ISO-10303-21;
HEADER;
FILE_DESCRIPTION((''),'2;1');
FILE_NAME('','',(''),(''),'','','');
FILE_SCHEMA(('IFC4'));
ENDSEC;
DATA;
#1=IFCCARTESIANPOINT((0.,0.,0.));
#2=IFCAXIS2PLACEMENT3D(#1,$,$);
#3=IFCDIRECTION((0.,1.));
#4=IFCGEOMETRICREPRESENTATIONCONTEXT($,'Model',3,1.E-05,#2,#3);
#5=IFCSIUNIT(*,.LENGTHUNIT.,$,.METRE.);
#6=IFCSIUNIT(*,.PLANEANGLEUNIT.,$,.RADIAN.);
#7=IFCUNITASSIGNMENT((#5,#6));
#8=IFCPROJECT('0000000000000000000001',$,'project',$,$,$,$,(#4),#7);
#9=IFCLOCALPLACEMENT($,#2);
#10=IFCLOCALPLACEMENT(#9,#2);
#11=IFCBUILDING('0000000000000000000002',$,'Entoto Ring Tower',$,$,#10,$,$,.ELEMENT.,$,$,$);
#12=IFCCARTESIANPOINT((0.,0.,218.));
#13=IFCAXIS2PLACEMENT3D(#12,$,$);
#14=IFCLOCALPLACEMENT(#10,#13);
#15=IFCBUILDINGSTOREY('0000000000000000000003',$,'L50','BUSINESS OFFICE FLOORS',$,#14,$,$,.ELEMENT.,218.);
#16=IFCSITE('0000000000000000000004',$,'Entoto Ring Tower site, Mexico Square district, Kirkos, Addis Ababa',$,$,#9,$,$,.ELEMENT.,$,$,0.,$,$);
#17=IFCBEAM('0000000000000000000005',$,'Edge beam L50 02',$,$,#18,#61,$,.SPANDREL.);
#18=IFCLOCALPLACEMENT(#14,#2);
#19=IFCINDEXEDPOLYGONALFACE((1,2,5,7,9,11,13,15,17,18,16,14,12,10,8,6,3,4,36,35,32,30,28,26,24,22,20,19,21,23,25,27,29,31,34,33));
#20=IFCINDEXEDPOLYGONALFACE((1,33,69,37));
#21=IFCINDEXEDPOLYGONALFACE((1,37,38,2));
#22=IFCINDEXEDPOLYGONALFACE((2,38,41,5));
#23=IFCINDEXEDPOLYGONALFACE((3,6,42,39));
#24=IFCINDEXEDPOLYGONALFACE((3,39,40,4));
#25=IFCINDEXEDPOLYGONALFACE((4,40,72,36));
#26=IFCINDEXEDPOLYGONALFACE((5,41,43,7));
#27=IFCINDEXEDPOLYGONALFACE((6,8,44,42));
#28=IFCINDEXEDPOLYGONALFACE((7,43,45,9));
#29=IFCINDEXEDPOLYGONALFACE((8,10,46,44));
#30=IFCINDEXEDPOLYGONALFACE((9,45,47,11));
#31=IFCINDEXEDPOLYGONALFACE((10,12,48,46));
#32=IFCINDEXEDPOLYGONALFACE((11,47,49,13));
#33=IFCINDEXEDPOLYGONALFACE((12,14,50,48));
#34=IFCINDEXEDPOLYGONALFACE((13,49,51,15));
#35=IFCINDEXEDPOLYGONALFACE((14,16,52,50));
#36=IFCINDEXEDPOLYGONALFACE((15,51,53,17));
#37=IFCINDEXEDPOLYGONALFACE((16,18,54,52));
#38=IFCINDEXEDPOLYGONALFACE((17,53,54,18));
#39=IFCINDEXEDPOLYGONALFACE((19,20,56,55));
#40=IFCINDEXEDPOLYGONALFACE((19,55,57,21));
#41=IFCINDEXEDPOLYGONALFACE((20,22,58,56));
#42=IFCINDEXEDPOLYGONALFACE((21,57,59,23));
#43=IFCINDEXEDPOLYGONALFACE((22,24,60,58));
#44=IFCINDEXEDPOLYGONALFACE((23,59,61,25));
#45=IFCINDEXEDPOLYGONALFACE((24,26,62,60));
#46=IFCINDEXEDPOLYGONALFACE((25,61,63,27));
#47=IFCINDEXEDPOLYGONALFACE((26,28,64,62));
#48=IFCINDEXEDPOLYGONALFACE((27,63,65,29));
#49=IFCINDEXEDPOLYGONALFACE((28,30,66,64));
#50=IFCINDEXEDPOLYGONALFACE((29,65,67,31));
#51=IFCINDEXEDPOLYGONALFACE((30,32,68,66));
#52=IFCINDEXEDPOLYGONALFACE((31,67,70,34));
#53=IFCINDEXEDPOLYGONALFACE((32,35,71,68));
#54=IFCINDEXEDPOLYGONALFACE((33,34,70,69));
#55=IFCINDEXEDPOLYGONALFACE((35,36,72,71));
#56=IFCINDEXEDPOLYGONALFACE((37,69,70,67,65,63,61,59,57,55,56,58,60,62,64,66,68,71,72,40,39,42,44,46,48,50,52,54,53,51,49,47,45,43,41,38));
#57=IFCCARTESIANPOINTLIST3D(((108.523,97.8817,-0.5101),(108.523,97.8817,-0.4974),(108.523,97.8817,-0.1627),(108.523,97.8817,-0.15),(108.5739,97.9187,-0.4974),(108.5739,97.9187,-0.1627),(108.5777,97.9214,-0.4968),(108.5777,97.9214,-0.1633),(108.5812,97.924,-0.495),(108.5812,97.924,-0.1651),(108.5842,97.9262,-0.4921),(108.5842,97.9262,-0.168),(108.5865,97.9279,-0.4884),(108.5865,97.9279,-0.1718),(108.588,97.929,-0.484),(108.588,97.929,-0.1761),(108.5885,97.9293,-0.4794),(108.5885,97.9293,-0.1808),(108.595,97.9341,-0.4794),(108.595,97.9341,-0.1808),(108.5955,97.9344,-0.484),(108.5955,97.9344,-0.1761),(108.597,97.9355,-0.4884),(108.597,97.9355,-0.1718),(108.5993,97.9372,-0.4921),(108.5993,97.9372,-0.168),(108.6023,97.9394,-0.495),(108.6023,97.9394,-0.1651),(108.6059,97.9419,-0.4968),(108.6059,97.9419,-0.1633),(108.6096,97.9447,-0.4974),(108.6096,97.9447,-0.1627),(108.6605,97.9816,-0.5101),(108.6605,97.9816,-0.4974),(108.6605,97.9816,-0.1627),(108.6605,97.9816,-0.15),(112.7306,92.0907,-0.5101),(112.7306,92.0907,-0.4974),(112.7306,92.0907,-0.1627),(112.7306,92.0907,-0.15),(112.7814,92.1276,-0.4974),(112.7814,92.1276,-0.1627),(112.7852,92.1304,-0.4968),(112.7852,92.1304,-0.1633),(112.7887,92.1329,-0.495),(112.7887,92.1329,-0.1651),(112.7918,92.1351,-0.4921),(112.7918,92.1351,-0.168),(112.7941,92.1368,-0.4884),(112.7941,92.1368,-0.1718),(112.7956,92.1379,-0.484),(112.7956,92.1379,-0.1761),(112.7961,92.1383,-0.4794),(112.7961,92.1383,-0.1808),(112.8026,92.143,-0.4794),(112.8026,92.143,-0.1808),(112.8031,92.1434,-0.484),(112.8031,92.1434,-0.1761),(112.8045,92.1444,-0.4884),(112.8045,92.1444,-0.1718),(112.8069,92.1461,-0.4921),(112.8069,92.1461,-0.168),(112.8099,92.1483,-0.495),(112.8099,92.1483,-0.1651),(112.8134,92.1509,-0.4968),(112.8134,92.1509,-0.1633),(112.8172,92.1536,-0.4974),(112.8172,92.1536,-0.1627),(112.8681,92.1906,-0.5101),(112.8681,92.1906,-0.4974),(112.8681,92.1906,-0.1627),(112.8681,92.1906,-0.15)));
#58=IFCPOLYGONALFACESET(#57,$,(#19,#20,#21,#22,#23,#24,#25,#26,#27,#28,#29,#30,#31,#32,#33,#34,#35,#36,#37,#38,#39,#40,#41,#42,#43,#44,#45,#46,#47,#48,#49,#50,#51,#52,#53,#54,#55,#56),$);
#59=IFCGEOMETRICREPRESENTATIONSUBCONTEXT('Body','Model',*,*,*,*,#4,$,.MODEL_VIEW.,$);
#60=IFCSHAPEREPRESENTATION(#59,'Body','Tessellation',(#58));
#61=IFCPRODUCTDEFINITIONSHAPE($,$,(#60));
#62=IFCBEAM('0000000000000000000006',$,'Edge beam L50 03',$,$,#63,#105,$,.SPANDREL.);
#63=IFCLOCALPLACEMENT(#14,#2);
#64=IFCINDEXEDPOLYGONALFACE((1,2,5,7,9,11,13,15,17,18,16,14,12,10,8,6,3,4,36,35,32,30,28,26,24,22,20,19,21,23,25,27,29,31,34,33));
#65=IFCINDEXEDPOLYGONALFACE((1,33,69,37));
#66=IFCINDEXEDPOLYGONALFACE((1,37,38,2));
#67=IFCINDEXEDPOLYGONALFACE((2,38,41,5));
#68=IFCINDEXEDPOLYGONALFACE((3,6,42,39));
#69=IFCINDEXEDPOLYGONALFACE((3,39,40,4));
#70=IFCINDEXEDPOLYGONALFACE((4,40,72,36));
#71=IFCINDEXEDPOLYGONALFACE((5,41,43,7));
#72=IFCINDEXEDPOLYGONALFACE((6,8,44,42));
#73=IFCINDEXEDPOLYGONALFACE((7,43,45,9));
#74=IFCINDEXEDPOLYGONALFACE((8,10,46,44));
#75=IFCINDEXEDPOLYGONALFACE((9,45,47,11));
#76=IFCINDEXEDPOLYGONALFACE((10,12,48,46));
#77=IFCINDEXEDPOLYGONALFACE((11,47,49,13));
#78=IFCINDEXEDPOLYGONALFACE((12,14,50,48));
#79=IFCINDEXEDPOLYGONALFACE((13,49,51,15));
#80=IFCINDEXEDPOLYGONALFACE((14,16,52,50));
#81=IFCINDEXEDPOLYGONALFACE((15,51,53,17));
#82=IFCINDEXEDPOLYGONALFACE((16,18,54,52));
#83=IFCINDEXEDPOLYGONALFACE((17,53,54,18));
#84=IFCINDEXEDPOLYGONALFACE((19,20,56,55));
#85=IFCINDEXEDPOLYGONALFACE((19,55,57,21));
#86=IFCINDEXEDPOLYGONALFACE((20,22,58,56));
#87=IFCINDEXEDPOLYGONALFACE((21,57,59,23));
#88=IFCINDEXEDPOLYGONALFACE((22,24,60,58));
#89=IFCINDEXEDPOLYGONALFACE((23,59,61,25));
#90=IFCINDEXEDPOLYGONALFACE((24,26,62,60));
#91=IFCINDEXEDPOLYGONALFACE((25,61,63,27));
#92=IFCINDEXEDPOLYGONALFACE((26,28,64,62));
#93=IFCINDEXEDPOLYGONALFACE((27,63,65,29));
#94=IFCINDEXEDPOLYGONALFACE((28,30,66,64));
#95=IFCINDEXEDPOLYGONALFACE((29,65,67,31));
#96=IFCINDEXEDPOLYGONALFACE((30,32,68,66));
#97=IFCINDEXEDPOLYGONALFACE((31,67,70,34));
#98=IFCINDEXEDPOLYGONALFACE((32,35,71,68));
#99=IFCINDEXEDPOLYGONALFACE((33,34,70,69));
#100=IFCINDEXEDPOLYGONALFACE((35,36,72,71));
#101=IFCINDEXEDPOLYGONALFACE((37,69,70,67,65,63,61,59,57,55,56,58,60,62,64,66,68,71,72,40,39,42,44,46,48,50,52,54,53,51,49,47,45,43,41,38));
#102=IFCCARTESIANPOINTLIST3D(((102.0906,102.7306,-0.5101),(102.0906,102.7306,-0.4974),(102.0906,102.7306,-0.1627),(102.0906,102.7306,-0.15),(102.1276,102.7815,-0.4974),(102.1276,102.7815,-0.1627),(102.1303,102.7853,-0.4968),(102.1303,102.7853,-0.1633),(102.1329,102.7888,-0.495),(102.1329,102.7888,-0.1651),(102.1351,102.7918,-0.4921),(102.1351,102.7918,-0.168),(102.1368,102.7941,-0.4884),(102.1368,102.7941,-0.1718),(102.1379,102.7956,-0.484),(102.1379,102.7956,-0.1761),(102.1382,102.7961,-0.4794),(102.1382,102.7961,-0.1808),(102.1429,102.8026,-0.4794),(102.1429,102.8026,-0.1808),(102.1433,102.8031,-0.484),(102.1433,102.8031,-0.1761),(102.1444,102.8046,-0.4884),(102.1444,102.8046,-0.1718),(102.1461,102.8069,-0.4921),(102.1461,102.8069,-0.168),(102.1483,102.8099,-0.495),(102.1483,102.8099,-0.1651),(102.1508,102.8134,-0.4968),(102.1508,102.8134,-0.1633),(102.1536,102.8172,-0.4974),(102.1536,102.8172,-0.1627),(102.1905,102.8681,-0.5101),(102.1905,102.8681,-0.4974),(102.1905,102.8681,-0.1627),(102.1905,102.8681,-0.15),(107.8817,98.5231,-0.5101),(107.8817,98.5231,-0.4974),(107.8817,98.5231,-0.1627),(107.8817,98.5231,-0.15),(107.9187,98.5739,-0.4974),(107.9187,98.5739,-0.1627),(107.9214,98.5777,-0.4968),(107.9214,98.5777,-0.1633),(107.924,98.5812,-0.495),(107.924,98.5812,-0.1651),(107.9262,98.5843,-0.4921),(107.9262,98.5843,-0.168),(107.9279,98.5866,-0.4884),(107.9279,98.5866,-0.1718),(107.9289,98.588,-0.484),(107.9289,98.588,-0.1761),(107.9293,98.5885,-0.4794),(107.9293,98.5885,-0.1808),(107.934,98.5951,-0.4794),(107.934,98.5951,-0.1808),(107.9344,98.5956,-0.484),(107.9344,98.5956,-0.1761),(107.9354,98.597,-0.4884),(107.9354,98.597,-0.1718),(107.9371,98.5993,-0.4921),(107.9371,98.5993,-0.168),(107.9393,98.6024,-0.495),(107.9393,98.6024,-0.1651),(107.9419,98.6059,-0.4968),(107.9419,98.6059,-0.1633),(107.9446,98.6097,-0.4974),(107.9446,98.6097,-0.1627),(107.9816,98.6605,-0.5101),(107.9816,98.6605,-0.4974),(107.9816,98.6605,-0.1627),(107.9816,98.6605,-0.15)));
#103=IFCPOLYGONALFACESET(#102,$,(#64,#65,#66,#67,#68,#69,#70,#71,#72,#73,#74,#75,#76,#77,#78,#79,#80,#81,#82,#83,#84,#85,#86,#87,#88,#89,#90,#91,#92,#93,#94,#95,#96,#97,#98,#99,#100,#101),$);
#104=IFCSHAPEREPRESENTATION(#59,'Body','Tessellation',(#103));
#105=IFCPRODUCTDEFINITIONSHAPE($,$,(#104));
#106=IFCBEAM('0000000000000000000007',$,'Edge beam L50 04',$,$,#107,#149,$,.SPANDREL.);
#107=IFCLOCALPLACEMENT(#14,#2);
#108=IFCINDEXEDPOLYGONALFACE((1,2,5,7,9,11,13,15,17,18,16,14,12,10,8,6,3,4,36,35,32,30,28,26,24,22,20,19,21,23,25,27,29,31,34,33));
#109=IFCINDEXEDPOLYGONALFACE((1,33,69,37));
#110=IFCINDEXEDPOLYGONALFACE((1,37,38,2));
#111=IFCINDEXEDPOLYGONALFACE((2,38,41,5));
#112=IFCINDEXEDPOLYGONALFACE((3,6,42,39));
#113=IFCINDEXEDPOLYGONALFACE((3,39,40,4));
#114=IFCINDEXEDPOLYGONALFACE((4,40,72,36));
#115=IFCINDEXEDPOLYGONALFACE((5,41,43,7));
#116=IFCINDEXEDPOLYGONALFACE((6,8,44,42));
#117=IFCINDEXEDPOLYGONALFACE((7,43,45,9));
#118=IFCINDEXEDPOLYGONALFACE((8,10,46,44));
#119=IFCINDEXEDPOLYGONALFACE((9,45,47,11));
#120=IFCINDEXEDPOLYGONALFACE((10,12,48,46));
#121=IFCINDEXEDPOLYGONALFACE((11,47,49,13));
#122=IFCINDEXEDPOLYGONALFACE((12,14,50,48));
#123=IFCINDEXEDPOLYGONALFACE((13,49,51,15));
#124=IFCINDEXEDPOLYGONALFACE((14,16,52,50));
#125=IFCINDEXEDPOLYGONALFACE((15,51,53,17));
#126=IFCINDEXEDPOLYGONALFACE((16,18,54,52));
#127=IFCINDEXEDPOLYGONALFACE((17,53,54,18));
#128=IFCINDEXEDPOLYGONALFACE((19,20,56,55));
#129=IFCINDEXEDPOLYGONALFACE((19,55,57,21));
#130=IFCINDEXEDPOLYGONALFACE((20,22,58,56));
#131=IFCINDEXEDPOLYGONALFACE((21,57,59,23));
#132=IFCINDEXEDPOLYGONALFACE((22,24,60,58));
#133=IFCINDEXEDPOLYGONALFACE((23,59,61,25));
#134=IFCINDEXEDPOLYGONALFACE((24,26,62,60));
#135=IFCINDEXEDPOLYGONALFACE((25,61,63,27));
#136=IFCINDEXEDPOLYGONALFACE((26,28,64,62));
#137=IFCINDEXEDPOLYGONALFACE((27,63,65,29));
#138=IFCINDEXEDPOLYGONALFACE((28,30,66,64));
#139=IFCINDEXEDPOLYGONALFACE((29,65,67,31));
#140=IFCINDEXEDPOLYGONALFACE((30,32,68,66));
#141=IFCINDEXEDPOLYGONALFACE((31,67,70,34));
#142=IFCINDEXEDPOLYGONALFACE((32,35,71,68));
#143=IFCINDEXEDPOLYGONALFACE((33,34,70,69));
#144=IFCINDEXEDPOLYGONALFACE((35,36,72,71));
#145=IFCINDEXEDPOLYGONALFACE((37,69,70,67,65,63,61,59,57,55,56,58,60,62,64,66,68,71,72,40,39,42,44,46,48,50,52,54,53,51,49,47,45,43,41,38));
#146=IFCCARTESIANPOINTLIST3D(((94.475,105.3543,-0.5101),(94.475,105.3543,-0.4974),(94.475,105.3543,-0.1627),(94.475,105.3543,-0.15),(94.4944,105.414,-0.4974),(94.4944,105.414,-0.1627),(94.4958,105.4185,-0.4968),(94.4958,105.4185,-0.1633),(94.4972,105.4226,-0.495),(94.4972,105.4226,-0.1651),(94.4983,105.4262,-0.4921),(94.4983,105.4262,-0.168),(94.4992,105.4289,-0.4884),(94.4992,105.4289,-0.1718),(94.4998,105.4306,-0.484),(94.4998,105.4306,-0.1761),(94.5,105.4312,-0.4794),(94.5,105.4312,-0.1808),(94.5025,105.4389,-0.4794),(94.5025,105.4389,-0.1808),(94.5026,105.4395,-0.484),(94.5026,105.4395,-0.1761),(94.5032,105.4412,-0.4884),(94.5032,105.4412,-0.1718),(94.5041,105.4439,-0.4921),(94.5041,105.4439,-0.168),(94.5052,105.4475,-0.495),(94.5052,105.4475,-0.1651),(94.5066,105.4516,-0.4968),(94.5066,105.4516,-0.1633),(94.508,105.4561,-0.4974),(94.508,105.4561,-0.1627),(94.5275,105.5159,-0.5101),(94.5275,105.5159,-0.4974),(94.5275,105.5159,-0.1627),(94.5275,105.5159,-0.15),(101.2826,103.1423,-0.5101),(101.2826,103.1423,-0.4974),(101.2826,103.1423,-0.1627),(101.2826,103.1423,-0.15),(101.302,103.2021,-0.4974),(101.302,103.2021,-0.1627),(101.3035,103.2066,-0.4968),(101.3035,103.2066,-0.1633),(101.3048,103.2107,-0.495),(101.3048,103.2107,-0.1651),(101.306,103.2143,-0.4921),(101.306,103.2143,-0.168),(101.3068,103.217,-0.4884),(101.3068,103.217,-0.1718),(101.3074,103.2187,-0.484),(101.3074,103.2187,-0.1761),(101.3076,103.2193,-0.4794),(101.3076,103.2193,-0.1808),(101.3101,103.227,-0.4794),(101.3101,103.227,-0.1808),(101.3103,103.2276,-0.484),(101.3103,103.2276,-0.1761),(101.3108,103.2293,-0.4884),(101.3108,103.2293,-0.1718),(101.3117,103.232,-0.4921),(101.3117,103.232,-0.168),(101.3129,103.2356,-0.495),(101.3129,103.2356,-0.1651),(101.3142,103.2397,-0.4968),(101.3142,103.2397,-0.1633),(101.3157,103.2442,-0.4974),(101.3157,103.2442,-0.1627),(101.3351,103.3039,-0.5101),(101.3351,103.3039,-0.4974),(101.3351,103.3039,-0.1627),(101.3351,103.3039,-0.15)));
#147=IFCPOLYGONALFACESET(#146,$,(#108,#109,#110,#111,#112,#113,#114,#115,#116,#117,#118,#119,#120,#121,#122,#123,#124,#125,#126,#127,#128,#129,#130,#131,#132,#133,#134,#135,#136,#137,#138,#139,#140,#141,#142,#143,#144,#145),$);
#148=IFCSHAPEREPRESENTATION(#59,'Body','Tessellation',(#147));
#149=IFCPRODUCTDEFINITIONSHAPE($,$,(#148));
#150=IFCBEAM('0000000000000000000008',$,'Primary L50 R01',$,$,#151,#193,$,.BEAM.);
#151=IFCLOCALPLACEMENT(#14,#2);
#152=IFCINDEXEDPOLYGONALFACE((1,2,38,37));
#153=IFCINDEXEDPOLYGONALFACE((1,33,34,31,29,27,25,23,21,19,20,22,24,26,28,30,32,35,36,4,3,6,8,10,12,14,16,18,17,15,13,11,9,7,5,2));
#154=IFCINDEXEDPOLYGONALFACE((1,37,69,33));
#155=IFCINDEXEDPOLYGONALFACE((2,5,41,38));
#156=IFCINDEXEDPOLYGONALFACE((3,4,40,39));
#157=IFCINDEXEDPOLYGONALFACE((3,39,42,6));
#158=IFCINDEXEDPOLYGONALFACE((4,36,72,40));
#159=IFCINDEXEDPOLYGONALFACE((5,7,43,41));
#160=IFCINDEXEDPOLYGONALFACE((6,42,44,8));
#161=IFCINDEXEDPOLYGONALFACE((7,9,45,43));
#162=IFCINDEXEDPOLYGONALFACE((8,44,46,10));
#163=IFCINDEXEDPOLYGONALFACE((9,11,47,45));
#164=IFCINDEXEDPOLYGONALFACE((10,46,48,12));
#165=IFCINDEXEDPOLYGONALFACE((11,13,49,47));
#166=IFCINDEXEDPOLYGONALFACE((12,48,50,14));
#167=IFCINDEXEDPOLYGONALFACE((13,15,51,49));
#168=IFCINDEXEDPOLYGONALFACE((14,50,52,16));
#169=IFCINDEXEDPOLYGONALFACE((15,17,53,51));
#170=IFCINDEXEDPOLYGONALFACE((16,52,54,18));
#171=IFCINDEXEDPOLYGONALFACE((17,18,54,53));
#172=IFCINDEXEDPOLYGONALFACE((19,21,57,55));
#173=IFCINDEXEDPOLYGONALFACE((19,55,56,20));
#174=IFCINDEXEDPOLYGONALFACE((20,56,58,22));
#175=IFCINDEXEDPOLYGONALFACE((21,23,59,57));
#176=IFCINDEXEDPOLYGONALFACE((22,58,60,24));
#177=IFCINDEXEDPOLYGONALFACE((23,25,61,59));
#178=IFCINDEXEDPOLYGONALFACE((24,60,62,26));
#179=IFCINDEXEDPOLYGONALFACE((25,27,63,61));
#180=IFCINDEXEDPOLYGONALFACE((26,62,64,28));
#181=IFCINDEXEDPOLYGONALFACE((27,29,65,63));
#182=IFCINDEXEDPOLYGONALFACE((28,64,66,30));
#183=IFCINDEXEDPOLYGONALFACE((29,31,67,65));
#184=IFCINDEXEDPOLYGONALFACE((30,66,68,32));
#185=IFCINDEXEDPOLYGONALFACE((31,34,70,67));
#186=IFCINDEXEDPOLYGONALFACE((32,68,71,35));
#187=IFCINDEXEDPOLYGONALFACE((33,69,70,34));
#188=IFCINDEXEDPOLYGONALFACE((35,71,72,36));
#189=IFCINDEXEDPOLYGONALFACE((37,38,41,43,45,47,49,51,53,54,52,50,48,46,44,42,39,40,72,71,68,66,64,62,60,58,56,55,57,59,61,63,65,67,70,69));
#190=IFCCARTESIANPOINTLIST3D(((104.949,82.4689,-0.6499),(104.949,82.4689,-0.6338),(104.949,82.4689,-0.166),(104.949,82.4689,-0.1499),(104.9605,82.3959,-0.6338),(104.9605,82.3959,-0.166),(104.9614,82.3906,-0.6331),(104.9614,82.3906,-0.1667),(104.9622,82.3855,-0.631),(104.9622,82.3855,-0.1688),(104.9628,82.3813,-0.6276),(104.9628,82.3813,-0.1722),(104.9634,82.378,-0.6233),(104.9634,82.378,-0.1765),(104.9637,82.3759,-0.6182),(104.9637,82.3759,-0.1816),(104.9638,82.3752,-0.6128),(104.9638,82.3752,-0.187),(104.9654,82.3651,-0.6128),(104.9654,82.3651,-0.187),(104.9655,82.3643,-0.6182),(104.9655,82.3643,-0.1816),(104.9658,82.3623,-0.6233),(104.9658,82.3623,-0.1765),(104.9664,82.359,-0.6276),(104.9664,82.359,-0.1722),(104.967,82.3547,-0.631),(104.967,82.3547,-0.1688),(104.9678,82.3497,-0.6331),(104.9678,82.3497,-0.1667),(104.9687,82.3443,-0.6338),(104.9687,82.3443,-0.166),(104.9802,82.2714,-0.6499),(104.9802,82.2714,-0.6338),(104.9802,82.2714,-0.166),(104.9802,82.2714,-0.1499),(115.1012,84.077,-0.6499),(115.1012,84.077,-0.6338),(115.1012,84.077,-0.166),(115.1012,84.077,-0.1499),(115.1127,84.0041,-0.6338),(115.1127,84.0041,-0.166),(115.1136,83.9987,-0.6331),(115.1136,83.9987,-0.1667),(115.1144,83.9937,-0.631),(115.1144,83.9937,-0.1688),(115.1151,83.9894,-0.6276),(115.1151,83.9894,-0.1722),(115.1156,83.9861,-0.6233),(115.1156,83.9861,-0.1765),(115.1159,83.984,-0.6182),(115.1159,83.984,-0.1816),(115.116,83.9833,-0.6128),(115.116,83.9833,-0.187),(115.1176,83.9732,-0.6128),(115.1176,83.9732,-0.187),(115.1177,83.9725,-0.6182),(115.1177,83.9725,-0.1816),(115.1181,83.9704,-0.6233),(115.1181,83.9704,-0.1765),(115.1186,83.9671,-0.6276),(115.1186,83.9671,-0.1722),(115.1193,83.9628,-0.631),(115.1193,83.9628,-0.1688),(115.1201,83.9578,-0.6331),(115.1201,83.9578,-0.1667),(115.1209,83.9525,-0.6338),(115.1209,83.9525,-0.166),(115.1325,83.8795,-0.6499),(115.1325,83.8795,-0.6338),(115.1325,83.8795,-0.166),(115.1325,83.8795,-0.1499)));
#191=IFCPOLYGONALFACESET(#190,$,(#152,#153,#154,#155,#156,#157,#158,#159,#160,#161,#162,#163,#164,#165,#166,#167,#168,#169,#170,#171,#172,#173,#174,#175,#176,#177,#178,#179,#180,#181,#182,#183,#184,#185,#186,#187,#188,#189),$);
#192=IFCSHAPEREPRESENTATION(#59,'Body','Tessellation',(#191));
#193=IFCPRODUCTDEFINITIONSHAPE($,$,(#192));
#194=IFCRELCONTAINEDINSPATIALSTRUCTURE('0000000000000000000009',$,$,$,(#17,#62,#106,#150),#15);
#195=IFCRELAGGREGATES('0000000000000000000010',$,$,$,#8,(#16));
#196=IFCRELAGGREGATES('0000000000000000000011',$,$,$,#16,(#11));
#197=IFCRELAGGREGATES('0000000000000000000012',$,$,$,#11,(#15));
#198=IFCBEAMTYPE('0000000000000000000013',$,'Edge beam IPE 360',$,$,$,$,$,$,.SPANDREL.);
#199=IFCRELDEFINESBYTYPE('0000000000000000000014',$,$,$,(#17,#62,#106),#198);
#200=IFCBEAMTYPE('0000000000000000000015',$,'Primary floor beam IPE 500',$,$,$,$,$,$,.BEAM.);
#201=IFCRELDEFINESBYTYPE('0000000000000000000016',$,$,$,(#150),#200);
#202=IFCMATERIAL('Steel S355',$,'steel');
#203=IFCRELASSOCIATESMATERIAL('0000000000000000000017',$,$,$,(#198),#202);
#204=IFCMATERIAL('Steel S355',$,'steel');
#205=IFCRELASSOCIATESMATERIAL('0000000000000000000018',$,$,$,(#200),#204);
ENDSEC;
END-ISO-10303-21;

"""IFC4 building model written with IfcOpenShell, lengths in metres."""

from ifc_helpers import new_model, si_unit, direction, frame, origin, origin_2d, place, context, subcontext, project, spatial, i_section, extrude, material, material_profile, profile_set, type_object, element, save


model = new_model("IFC4")

# Units and contexts
model_context = context("Model", 3, precision=1e-05, world=origin(), true_north=direction((0.0, 1.0)))
body_context = subcontext(model_context, "Body", "Model", "MODEL_VIEW")
ifc_project = project(units=[si_unit("LENGTHUNIT", "METRE"), si_unit("PLANEANGLEUNIT", "RADIAN")], contexts=[model_context])

# Site, building, storey
site_placement = place(None, origin())
site = spatial("IfcSite", under=ifc_project, at=site_placement, Name="Entoto Ring Tower site, Mexico Square district, Kirkos, Addis Ababa", CompositionType="ELEMENT", RefElevation=0.0)
building_placement = place(site_placement, origin())
building = spatial("IfcBuilding", under=site, at=building_placement, Name="Entoto Ring Tower", CompositionType="ELEMENT")
storey_placement = place(building_placement, frame((0.0, 0.0, 218.0)))
storey = spatial("IfcBuildingStorey", under=building, at=storey_placement, Name="L50", Description="BUSINESS OFFICE FLOORS", CompositionType="ELEMENT", Elevation=218.0)

# Beams
ifc_material_1 = material(Name="Steel S355", Category="steel")
ifc_material_profile_1 = material_profile(ifc_material_1, i_section(OverallWidth=0.1699, OverallDepth=0.3601, WebThickness=0.0081, FlangeThickness=0.0127, FilletRadius=0.0181, at=origin_2d()), Name="IPE 360")
ifc_profile_set_1 = profile_set([ifc_material_profile_1], Name="Steel S355")
beam_type_1 = type_object("IfcBeamType", Name="Edge beam IPE 360", PredefinedType="SPANDREL", material=ifc_profile_set_1)
for number, where, z_axis, x_axis, name in (
    (1, (112.7993, 92.1406, -0.3301), (-0.587794, 0.80901, 0.0), (-0.80901, -0.587794, 0.0), "Edge beam L50 02"),
    (2, (107.9316, 98.5918, -0.3301), (-0.80901, 0.587794, 0.0), (-0.587794, -0.80901, 0.0), "Edge beam L50 03"),
):
    element("IfcBeam", number, at=place(storey_placement, frame(where, z_axis=z_axis, x_axis=x_axis)), inside=storey, type_object=beam_type_1, Name=name, PredefinedType="SPANDREL", context=body_context, shape_type="SweptSolid", body=[
        extrude(i_section(OverallWidth=0.1699, OverallDepth=0.3601, WebThickness=0.0081, FlangeThickness=0.0127, FilletRadius=0.0181, at=origin_2d()), origin(), (0.0, 0.0, 1.0), 7.1582),
    ])
beam_1_placement = place(storey_placement, frame((101.3088, 103.2231, -0.3301), z_axis=(-0.951057, 0.309015, 0.0), x_axis=(-0.309015, -0.951057, 0.0)))
element("IfcBeam", 3, at=beam_1_placement, inside=storey, type_object=beam_type_1, Name="Edge beam L50 04", PredefinedType="SPANDREL", context=body_context, shape_type="SweptSolid", body=[
    extrude(i_section(OverallWidth=0.1699, OverallDepth=0.3601, WebThickness=0.0081, FlangeThickness=0.0127, FilletRadius=0.0181, at=origin_2d()), origin(), (0.0, 0.0, 1.0), 7.158),
])
ifc_material_2 = material(Name="Steel S355", Category="steel")
ifc_material_profile_2 = material_profile(ifc_material_2, i_section(OverallWidth=0.2, OverallDepth=0.5, WebThickness=0.0103, FlangeThickness=0.0161, FilletRadius=0.021, at=origin_2d()), Name="IPE 500")
ifc_profile_set_2 = profile_set([ifc_material_profile_2], Name="Steel S355")
beam_type_2 = type_object("IfcBeamType", Name="Primary floor beam IPE 500", PredefinedType="BEAM", material=ifc_profile_set_2)
beam_2_placement = place(storey_placement, frame((104.9646, 82.3701, -0.3999), z_axis=(0.987686, 0.156452, 0.0), x_axis=(-0.156452, 0.987686, 0.0)))
element("IfcBeam", 4, at=beam_2_placement, inside=storey, type_object=beam_type_2, Name="Primary L50 R01", PredefinedType="BEAM", context=body_context, shape_type="SweptSolid", body=[
    extrude(i_section(OverallWidth=0.2, OverallDepth=0.5, WebThickness=0.0103, FlangeThickness=0.0161, FilletRadius=0.021, at=origin_2d()), origin(), (0.0, 0.0, 1.0), 10.2788),
])

save(model, "model.ifc")
